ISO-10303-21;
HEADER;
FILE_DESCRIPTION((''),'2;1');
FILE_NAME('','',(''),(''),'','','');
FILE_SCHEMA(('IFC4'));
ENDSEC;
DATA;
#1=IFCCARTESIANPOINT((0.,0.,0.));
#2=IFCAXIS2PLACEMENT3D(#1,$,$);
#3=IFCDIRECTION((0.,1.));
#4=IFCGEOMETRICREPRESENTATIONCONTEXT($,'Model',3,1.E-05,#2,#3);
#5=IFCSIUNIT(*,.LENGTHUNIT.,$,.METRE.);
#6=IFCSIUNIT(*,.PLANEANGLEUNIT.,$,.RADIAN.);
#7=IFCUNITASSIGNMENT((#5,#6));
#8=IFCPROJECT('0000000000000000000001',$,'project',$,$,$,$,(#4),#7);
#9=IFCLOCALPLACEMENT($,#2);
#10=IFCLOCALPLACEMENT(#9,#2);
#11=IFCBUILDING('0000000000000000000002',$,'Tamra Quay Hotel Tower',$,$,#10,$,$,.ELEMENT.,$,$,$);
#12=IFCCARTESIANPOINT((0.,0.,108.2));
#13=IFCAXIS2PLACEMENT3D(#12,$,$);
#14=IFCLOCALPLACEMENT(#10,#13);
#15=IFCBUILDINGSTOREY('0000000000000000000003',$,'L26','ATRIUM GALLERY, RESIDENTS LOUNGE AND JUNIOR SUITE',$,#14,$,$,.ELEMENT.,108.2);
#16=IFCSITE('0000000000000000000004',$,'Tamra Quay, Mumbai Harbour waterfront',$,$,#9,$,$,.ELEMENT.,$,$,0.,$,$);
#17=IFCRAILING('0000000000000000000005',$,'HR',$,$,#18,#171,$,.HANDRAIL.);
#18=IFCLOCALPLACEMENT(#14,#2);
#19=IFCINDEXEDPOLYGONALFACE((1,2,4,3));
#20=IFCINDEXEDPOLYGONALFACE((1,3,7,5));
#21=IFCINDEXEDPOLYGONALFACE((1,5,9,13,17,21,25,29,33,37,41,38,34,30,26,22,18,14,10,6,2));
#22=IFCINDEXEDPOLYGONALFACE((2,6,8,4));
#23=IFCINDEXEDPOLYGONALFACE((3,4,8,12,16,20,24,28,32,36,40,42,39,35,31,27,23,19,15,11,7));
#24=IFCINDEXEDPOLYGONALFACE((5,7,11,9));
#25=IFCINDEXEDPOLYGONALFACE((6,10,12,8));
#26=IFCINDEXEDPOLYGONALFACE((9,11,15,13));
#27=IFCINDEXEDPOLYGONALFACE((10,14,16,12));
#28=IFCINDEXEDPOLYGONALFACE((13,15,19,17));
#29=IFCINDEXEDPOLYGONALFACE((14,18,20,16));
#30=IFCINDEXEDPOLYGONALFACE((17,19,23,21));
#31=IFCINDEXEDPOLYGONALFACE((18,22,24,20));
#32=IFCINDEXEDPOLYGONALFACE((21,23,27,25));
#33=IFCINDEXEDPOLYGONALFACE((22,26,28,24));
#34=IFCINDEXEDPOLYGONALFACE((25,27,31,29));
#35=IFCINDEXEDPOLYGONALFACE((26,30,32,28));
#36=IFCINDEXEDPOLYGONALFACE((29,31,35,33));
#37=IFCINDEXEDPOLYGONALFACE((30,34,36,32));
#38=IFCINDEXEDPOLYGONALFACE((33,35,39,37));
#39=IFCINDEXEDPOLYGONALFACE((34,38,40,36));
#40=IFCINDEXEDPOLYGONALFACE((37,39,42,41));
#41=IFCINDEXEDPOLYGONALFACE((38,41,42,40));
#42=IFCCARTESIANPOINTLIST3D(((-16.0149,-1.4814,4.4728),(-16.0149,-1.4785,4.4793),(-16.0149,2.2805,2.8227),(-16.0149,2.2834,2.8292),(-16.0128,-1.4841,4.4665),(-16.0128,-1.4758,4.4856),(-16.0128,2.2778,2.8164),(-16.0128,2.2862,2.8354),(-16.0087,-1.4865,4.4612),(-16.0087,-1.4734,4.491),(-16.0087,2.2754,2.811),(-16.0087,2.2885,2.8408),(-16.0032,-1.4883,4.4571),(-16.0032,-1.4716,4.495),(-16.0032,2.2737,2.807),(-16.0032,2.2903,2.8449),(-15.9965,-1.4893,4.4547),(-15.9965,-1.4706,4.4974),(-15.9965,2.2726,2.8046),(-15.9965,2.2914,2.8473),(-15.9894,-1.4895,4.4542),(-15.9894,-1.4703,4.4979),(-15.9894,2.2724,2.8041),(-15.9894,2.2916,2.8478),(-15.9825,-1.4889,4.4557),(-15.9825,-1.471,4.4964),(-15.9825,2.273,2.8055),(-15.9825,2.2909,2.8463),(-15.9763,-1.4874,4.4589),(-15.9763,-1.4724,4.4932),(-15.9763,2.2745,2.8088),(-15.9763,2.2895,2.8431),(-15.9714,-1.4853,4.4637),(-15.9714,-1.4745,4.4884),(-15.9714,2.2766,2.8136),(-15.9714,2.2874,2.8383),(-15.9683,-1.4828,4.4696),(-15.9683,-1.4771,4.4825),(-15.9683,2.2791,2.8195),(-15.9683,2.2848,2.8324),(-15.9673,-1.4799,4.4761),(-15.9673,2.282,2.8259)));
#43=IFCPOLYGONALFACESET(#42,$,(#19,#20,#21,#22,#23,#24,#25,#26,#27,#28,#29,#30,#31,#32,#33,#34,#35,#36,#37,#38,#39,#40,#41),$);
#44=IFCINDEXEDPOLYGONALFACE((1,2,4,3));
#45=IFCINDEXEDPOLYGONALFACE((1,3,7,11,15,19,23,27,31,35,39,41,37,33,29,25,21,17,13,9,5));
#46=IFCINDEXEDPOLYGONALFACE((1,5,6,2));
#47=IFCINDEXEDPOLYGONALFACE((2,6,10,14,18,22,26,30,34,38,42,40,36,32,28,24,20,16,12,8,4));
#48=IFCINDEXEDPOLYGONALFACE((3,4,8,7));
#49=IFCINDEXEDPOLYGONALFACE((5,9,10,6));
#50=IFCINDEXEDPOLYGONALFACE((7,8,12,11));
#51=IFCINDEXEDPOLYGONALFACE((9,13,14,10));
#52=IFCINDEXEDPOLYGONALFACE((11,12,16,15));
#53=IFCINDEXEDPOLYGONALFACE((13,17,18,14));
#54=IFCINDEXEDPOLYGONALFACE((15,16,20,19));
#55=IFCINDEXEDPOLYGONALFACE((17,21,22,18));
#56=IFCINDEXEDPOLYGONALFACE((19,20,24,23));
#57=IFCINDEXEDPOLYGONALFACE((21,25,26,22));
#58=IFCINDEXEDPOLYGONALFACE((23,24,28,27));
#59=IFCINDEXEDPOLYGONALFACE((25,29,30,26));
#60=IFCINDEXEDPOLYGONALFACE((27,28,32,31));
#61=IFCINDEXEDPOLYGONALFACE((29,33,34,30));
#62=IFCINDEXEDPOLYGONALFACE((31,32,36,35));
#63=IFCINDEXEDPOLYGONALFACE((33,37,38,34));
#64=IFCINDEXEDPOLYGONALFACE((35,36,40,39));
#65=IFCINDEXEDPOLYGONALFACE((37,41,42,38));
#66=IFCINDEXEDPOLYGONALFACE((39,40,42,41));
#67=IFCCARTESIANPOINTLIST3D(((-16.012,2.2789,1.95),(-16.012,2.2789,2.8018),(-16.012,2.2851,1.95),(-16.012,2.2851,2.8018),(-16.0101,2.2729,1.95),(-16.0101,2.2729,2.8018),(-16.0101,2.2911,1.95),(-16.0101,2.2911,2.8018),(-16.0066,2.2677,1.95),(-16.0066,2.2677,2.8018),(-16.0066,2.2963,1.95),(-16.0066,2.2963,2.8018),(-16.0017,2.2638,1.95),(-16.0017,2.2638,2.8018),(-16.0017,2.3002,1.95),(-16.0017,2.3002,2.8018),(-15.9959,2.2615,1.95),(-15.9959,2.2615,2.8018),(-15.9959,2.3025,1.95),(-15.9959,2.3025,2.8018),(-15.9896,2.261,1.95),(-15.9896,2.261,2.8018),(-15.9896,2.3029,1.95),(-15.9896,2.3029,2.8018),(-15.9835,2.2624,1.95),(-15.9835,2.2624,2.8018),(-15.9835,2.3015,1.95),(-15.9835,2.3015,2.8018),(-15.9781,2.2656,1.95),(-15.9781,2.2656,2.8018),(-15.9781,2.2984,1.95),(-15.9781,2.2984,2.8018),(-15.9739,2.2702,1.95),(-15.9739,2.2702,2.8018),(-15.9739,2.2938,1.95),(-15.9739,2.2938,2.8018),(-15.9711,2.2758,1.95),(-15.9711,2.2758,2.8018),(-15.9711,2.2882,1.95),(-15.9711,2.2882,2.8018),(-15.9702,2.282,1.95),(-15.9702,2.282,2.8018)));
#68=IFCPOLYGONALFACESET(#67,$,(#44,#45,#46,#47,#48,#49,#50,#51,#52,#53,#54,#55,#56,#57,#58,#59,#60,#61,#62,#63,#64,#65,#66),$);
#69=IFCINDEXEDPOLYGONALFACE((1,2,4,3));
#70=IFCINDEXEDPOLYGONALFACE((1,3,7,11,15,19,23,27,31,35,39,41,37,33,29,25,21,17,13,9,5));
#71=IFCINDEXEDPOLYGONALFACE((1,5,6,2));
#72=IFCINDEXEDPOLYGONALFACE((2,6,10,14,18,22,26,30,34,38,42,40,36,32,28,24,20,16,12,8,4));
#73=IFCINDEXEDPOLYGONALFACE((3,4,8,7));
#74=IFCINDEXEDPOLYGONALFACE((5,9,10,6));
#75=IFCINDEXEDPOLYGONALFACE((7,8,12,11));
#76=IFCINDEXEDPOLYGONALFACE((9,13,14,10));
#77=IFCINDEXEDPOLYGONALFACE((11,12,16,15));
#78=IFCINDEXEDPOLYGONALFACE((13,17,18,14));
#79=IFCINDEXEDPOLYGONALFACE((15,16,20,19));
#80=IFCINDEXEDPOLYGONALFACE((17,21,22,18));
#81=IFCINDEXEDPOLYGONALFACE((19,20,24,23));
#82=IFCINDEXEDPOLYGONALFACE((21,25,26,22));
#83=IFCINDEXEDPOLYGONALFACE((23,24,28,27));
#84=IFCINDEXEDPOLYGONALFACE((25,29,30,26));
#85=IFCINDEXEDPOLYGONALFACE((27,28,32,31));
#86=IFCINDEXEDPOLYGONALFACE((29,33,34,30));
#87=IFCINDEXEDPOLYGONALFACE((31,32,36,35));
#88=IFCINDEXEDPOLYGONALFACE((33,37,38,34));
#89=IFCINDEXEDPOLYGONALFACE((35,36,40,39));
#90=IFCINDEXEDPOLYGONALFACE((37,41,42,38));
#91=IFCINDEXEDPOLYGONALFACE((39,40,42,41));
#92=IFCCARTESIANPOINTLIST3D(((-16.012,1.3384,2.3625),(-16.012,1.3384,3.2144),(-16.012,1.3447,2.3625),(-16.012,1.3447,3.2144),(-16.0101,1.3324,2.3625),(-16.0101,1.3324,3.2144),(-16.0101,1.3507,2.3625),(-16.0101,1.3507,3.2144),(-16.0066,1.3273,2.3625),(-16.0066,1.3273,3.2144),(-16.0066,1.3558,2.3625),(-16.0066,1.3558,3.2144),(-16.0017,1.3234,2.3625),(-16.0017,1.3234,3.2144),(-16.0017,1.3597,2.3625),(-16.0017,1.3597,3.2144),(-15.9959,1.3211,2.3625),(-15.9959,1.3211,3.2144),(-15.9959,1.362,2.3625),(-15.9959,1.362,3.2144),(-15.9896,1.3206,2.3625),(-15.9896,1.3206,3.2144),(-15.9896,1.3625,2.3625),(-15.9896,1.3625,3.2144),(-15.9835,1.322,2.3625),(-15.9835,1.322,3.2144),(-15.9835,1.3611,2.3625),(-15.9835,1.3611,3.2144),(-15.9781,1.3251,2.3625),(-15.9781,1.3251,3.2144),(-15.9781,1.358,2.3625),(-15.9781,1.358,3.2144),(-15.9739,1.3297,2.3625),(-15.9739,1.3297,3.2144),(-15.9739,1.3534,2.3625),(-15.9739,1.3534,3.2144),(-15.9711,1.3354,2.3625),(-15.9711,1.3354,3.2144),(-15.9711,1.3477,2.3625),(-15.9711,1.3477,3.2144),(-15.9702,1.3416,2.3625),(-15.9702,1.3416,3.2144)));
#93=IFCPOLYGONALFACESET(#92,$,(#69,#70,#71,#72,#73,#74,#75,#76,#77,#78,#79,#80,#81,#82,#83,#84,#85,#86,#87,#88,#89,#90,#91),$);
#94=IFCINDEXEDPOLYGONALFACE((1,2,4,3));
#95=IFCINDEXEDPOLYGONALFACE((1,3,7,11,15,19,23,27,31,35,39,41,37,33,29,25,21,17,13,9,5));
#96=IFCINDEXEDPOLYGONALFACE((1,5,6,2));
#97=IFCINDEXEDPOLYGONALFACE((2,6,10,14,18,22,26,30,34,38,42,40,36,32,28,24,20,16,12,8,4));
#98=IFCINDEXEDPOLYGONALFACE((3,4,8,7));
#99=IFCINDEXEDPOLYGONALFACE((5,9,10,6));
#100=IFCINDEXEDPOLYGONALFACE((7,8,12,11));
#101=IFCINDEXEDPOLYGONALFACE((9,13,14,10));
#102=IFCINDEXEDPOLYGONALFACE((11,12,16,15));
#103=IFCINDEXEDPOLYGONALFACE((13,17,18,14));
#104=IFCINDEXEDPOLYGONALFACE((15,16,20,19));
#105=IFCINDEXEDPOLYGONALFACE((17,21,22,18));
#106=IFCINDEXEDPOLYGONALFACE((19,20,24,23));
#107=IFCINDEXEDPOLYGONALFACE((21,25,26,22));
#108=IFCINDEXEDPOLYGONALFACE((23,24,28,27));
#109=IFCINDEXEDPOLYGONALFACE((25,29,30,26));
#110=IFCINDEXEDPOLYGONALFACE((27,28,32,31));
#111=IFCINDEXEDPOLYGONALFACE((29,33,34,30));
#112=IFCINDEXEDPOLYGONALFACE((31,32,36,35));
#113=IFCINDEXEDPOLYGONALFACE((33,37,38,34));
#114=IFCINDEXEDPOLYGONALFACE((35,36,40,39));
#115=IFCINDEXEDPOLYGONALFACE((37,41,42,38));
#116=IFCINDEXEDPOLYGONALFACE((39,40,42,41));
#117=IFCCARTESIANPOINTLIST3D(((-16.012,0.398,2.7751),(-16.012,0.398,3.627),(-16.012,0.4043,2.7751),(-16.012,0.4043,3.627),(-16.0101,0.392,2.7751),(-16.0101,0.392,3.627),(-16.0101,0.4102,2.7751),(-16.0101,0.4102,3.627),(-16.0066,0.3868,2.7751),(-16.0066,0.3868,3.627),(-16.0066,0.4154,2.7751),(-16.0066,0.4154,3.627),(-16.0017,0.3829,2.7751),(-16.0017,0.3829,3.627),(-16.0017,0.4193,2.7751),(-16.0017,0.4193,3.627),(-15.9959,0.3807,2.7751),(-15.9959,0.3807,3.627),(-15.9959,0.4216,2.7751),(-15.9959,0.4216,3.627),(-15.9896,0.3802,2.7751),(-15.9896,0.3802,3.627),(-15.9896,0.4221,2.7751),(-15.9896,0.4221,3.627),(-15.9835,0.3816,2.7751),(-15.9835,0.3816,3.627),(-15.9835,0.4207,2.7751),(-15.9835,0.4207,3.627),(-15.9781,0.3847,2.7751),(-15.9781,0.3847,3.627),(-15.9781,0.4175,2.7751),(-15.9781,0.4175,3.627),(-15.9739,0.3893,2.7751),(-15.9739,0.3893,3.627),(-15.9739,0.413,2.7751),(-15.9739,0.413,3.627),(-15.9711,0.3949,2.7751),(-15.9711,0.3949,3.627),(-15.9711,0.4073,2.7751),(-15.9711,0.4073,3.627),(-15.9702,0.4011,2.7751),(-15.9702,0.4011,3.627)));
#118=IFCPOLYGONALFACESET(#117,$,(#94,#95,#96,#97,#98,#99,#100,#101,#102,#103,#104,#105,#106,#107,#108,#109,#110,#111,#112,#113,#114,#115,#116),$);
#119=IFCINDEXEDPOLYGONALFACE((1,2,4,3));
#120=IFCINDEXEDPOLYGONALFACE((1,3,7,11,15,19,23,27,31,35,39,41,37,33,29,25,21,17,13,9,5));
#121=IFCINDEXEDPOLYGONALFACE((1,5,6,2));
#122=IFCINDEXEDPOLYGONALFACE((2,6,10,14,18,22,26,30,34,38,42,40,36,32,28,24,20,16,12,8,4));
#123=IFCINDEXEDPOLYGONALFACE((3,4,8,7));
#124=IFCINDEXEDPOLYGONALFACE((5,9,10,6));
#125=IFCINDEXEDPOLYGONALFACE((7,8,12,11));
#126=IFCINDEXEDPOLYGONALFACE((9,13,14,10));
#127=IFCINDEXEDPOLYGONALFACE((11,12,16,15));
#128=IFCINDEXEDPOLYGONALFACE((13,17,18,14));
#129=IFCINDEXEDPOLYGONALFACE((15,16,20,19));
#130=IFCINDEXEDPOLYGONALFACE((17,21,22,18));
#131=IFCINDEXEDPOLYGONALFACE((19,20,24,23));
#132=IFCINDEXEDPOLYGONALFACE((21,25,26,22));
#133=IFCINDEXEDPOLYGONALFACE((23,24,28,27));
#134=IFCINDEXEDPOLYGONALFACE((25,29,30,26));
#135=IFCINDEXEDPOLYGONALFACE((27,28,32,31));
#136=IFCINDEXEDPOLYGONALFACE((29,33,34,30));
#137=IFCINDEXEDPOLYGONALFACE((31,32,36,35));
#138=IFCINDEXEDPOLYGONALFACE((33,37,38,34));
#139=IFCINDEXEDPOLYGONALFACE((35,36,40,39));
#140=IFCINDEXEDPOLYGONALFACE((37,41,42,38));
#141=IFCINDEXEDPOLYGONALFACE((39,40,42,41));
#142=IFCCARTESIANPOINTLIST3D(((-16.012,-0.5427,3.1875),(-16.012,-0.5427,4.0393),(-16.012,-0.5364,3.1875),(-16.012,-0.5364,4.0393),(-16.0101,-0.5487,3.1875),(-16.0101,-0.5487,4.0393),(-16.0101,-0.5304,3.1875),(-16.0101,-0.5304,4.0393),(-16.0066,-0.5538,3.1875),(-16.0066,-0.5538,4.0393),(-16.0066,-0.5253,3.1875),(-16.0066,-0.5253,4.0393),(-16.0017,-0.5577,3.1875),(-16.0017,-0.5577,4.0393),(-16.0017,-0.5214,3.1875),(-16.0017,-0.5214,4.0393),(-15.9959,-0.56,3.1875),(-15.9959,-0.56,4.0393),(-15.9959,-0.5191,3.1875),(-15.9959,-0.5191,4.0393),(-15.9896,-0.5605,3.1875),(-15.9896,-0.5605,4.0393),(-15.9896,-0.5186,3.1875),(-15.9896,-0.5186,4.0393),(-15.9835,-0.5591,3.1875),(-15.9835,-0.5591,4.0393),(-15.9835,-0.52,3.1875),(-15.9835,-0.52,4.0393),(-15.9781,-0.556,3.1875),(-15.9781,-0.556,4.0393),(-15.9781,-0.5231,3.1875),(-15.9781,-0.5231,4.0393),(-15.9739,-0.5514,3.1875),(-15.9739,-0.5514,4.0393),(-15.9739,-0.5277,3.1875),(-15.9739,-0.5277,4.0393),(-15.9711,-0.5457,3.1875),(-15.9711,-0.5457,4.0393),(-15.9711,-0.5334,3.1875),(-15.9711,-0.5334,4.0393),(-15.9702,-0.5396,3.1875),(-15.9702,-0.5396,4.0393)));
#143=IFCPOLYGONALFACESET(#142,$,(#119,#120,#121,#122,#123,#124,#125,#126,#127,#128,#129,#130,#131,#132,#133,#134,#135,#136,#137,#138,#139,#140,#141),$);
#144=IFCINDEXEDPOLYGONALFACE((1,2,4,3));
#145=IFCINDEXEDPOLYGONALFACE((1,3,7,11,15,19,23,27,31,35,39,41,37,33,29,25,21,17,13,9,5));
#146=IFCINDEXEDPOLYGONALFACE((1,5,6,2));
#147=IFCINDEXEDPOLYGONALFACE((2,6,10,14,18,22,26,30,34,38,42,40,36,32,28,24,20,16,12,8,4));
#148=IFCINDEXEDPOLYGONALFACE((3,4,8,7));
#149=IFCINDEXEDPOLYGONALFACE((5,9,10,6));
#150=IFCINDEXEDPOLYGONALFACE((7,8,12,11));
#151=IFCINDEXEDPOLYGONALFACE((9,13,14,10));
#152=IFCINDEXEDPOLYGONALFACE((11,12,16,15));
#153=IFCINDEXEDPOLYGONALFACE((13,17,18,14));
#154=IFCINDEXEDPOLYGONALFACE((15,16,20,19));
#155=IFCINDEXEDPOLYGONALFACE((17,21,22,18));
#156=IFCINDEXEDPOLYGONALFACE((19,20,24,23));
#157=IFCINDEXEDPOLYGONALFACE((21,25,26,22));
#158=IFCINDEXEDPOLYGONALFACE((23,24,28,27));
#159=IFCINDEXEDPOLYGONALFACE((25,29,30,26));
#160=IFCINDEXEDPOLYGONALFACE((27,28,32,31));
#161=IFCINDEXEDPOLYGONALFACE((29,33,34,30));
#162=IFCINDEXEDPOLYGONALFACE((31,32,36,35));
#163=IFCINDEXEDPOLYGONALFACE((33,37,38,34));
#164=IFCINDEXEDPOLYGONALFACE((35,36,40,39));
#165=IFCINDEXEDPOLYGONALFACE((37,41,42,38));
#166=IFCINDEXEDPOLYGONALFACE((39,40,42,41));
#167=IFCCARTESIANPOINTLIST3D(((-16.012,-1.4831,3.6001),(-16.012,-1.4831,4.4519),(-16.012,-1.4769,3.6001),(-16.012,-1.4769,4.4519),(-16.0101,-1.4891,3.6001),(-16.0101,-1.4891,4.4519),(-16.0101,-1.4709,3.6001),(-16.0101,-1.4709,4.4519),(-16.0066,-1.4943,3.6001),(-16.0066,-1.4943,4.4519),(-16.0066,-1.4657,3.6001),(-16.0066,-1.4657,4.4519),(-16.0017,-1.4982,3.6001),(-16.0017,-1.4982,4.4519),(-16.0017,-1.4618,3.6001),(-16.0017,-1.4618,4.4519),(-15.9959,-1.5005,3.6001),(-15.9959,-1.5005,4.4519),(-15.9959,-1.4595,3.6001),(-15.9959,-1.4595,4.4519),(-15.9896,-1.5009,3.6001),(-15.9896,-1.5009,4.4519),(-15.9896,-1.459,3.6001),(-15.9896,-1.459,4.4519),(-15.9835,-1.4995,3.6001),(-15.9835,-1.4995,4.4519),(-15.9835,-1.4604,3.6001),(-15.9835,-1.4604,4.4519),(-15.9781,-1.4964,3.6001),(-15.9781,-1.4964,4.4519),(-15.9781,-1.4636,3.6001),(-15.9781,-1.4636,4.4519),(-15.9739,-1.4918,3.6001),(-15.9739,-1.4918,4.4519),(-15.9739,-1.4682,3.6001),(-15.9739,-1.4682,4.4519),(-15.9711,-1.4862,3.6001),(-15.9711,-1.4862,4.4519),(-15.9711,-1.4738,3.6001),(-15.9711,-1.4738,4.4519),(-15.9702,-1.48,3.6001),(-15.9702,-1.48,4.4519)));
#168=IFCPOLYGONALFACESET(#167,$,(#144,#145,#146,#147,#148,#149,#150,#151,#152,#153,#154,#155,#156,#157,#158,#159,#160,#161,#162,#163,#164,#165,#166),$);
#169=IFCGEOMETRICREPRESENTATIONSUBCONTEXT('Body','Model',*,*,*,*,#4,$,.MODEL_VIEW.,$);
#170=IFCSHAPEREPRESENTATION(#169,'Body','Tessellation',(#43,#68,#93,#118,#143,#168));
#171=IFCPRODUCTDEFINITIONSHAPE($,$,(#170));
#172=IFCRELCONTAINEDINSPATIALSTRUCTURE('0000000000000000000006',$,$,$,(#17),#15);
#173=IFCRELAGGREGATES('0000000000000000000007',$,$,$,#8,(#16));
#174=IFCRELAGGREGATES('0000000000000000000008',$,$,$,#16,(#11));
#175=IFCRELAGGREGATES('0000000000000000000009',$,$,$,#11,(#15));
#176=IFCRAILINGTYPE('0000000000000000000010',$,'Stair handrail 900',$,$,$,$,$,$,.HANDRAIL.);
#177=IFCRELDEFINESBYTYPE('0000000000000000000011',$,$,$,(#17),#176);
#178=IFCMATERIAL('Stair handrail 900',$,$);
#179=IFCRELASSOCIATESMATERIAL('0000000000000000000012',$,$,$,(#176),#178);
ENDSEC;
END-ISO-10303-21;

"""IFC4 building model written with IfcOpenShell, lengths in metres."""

from ifc_helpers import new_model, si_unit, direction, frame, origin, origin_2d, place, context, subcontext, project, spatial, circle, extrude, material, type_object, element, save


model = new_model("IFC4")

# Units and contexts
model_context = context("Model", 3, precision=1e-05, world=origin(), true_north=direction((0.0, 1.0)))
body_context = subcontext(model_context, "Body", "Model", "MODEL_VIEW")
ifc_project = project(units=[si_unit("LENGTHUNIT", "METRE"), si_unit("PLANEANGLEUNIT", "RADIAN")], contexts=[model_context])

# Site, building, storey
site_placement = place(None, origin())
site = spatial("IfcSite", under=ifc_project, at=site_placement, Name="Tamra Quay, Mumbai Harbour waterfront", CompositionType="ELEMENT", RefElevation=0.0)
building_placement = place(site_placement, origin())
building = spatial("IfcBuilding", under=site, at=building_placement, Name="Tamra Quay Hotel Tower", CompositionType="ELEMENT")
storey_placement = place(building_placement, frame((0.0, 0.0, 108.2)))
storey = spatial("IfcBuildingStorey", under=building, at=storey_placement, Name="L26", Description="ATRIUM GALLERY, RESIDENTS LOUNGE AND JUNIOR SUITE", CompositionType="ELEMENT", Elevation=108.2)

# Railing
ifc_material_1 = material(Name="Stair handrail 900")
railing_type = type_object("IfcRailingType", Name="Stair handrail 900", PredefinedType="HANDRAIL", material=ifc_material_1)
railing_placement = place(storey_placement, frame((-15.9912, 2.282, 1.95)))
element("IfcRailing", 1, at=railing_placement, inside=storey, type_object=railing_type, Name="HR", PredefinedType="HANDRAIL", context=body_context, shape_type="SweptSolid", body=[
    extrude(circle(Radius=0.0239, at=origin_2d()), frame((0.0, 0.0, 0.876), z_axis=(0.0, -0.915774, 0.401695), x_axis=(1.0, 0.0, 0.0)), (0.0, 0.0, 1.0), 4.1079),
    extrude(circle(Radius=0.021, at=origin_2d()), origin(), (0.0, 0.0, 1.0), 0.8518),
    extrude(circle(Radius=0.021, at=origin_2d()), frame((0.0, -0.9404, 0.4126)), (0.0, 0.0, 1.0), 0.8518),
    extrude(circle(Radius=0.021, at=origin_2d()), frame((0.0, -1.8809, 0.8252)), (0.0, 0.0, 1.0), 0.8518),
    extrude(circle(Radius=0.021, at=origin_2d()), frame((0.0, -2.8215, 1.2375)), (0.0, 0.0, 1.0), 0.8518),
    extrude(circle(Radius=0.021, at=origin_2d()), frame((0.0, -3.762, 1.6501)), (0.0, 0.0, 1.0), 0.8518),
])

save(model, "model.ifc")
